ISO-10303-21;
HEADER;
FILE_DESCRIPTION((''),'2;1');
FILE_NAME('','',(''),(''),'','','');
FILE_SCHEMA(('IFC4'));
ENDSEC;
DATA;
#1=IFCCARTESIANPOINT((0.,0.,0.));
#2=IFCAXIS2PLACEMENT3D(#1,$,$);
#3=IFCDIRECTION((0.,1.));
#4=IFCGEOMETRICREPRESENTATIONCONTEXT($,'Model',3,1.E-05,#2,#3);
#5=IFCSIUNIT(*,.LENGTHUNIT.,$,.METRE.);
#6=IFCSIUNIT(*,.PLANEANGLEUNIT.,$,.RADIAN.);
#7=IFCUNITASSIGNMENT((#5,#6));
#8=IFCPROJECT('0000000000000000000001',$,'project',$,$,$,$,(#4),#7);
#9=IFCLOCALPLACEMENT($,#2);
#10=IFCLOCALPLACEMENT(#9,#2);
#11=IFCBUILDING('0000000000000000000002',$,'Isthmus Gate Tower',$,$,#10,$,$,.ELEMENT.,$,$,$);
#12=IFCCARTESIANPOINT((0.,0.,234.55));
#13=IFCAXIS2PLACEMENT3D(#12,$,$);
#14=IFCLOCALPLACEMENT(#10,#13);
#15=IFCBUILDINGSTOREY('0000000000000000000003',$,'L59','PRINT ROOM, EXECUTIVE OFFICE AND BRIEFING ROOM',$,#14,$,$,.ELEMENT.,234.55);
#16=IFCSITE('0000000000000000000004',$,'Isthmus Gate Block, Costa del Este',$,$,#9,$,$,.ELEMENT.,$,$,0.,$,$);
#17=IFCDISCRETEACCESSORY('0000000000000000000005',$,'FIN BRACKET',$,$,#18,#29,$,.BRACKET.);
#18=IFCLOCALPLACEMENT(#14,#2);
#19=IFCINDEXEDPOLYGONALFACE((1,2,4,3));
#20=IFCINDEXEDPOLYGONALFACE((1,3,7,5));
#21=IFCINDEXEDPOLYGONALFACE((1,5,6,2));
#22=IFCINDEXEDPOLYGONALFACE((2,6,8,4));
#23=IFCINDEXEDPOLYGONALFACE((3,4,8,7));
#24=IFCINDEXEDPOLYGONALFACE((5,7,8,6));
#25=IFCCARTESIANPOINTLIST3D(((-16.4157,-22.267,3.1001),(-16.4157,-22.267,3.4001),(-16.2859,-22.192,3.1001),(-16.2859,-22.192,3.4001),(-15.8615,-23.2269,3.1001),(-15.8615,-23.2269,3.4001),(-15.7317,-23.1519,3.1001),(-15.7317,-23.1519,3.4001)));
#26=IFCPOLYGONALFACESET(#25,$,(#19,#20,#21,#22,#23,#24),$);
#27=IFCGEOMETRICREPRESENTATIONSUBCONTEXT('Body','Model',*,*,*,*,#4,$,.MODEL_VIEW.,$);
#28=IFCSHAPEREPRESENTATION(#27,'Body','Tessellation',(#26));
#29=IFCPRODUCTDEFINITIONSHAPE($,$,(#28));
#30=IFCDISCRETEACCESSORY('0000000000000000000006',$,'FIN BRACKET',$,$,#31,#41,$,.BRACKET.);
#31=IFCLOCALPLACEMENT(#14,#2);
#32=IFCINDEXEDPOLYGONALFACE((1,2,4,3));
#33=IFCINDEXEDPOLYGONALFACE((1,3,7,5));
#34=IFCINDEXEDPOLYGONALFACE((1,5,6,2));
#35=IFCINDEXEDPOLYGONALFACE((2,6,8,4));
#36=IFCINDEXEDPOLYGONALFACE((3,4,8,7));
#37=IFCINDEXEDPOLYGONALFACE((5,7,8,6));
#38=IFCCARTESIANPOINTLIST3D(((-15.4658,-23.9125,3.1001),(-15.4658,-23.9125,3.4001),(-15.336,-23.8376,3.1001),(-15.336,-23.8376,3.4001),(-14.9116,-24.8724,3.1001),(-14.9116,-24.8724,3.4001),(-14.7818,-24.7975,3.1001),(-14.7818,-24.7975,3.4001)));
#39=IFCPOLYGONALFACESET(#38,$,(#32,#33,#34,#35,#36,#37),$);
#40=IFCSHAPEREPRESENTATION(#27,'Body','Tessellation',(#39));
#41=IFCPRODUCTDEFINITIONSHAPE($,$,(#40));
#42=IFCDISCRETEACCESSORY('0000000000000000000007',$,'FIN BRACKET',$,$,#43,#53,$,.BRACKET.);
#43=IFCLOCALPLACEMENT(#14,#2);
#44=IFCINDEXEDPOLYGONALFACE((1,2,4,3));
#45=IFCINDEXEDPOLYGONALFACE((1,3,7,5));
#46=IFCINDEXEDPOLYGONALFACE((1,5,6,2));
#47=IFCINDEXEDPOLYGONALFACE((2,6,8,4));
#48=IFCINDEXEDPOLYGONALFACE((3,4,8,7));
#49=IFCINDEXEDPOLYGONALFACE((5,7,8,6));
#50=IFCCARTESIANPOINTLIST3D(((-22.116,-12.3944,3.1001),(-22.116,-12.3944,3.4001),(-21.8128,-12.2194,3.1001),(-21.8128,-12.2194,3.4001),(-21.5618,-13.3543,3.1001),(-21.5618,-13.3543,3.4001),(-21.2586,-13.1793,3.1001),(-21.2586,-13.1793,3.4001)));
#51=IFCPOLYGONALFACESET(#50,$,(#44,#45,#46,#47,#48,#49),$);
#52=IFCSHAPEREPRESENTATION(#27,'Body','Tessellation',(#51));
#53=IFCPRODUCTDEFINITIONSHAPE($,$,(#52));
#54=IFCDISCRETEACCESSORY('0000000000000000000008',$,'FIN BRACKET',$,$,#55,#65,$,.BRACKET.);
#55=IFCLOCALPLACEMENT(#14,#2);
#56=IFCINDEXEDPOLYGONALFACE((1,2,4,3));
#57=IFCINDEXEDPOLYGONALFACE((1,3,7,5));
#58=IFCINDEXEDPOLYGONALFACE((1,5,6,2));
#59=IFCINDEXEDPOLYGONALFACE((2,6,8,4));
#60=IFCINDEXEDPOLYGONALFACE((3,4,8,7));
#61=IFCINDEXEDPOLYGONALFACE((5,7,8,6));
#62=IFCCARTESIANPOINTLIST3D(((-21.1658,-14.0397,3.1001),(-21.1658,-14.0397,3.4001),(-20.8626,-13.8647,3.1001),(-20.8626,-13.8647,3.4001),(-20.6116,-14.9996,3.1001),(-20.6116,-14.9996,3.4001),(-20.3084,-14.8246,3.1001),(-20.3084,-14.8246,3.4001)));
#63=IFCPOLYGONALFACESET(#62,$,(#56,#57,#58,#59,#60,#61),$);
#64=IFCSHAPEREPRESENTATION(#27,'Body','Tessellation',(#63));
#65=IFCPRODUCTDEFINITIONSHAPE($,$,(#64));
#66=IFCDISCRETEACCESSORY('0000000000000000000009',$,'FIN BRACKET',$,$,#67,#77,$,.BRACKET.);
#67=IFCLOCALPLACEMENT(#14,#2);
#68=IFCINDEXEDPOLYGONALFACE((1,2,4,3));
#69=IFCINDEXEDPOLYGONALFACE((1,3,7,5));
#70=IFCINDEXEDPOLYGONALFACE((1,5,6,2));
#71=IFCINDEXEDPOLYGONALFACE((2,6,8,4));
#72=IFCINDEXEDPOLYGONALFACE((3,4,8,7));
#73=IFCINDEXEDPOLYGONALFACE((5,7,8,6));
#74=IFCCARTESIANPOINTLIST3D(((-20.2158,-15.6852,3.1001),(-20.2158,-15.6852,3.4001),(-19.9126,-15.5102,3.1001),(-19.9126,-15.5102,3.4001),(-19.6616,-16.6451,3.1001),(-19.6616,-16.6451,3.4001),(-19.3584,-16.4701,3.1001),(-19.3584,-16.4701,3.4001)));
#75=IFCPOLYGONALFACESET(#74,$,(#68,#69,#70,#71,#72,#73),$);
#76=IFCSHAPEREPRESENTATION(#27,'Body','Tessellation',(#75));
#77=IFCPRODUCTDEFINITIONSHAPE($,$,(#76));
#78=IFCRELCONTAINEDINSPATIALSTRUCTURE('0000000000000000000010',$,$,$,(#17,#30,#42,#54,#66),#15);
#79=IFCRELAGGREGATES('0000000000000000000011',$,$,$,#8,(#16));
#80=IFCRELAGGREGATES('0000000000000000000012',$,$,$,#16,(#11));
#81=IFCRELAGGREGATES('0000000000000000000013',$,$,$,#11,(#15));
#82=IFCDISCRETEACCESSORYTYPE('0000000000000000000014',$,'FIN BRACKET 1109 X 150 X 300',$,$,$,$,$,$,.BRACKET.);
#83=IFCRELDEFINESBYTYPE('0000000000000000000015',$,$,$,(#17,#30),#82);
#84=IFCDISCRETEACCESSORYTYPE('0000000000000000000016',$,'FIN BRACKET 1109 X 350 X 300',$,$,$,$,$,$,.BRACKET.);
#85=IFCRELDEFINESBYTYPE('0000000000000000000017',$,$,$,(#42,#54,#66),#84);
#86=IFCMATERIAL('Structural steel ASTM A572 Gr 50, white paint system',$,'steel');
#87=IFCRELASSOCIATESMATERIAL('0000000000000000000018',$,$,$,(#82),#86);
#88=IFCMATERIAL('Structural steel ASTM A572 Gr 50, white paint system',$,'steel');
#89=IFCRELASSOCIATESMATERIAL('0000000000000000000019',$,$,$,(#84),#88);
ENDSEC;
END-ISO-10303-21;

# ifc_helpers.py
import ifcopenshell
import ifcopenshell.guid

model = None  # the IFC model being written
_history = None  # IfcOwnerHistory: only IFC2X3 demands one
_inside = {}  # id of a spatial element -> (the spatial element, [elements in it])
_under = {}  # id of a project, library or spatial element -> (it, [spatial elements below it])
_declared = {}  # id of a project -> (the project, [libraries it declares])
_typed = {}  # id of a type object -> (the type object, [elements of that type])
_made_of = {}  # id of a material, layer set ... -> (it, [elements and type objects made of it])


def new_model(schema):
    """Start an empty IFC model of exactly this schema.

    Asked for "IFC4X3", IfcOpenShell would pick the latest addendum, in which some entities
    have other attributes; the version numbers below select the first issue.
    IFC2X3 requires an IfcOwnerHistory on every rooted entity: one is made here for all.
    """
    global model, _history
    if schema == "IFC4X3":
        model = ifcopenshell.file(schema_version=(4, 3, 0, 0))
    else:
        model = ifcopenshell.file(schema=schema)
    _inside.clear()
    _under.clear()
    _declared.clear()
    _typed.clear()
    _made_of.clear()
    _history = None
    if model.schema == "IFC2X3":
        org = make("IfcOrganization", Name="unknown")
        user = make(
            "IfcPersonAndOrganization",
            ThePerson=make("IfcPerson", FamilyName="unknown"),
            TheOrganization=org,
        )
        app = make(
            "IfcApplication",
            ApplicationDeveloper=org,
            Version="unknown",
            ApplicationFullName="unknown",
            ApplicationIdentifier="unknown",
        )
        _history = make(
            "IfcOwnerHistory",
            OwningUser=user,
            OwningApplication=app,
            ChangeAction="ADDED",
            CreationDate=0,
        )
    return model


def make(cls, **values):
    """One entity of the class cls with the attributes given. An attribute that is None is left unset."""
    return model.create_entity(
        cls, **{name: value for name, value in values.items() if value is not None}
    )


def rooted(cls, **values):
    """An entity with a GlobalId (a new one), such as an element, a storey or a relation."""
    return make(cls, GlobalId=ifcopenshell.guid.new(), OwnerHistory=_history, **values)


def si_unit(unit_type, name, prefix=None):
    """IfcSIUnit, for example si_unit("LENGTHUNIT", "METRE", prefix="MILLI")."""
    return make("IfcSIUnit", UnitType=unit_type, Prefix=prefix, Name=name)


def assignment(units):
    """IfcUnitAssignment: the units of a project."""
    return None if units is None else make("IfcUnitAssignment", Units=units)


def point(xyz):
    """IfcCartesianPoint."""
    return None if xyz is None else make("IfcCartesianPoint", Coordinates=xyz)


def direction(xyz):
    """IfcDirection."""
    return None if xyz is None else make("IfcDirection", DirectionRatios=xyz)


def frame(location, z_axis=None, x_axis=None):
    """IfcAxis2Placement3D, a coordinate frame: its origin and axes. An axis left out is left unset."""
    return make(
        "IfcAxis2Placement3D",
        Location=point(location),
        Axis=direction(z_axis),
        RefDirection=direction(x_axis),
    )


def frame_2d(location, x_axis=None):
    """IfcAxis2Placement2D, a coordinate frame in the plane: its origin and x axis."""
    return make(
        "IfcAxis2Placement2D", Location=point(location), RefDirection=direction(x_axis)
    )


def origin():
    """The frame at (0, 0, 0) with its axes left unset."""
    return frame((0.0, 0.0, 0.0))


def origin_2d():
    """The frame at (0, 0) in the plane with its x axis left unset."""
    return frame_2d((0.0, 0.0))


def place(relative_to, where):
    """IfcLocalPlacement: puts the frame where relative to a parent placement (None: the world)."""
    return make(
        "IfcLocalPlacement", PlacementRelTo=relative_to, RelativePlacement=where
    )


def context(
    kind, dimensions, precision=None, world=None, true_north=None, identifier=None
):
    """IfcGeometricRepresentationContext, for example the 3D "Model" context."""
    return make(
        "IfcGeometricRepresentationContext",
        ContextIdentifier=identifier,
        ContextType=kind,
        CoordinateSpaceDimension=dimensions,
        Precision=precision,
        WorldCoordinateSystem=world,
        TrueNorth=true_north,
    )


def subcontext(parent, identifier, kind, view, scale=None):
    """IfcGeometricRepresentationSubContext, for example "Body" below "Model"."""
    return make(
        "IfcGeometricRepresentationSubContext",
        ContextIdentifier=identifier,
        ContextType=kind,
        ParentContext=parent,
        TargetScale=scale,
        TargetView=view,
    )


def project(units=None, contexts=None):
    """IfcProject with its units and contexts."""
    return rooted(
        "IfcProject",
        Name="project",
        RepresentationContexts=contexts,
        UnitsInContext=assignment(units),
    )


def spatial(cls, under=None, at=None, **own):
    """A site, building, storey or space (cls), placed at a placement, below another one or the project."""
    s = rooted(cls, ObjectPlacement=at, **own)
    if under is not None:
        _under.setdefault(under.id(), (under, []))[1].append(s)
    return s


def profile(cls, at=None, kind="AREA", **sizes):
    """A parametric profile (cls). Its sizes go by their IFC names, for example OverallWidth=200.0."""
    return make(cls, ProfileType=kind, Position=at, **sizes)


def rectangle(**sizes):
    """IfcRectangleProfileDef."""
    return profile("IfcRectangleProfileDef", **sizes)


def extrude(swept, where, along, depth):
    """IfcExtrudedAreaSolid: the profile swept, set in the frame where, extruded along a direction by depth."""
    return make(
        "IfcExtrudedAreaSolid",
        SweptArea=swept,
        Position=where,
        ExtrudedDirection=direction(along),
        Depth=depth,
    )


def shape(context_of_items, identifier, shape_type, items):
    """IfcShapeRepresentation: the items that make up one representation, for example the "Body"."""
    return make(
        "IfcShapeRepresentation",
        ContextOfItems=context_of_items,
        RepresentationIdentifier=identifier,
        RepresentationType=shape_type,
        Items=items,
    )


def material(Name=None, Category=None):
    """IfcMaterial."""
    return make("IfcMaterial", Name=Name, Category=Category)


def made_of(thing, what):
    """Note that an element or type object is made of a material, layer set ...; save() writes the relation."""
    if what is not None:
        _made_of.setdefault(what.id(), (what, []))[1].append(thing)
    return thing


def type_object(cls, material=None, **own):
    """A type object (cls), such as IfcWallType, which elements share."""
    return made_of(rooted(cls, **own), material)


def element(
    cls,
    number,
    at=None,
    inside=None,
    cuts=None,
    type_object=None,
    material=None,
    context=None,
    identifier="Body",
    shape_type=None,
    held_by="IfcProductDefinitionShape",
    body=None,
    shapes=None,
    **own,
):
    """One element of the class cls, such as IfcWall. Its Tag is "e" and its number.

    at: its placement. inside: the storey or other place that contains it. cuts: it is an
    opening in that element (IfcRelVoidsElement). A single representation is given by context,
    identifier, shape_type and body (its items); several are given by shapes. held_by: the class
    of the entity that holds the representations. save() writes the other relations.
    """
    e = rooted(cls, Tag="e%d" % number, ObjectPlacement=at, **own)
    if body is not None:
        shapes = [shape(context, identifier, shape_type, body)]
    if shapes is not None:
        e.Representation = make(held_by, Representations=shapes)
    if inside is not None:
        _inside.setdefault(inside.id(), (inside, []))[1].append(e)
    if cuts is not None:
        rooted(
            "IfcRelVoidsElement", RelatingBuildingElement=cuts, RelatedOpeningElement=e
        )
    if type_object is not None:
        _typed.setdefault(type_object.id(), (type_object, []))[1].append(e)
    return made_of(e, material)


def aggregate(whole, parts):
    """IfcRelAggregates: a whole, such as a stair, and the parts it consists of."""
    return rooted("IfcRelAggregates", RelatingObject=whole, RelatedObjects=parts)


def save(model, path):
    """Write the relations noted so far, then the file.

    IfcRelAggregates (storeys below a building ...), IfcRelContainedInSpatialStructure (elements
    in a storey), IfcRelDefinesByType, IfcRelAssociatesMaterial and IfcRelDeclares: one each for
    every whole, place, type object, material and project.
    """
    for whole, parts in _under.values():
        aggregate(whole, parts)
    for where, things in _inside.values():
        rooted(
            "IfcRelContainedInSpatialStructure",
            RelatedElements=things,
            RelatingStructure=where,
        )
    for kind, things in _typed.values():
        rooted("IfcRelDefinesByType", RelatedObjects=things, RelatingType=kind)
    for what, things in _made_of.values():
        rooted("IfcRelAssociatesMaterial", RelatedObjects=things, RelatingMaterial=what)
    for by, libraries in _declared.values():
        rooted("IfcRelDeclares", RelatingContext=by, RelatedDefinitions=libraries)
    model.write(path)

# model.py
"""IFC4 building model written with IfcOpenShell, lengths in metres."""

from ifc_helpers import new_model, si_unit, direction, frame, origin, origin_2d, place, context, subcontext, project, spatial, rectangle, extrude, material, type_object, element, save


model = new_model("IFC4")

# Units and contexts
model_context = context("Model", 3, precision=1e-05, world=origin(), true_north=direction((0.0, 1.0)))
body_context = subcontext(model_context, "Body", "Model", "MODEL_VIEW")
ifc_project = project(units=[si_unit("LENGTHUNIT", "METRE"), si_unit("PLANEANGLEUNIT", "RADIAN")], contexts=[model_context])

# Site, building, storey
site_placement = place(None, origin())
site = spatial("IfcSite", under=ifc_project, at=site_placement, Name="Isthmus Gate Block, Costa del Este", CompositionType="ELEMENT", RefElevation=0.0)
building_placement = place(site_placement, origin())
building = spatial("IfcBuilding", under=site, at=building_placement, Name="Isthmus Gate Tower", CompositionType="ELEMENT")
storey_placement = place(building_placement, frame((0.0, 0.0, 234.55)))
storey = spatial("IfcBuildingStorey", under=building, at=storey_placement, Name="L59", Description="PRINT ROOM, EXECUTIVE OFFICE AND BRIEFING ROOM", CompositionType="ELEMENT", Elevation=234.55)

# Discrete accessories
ifc_material_1 = material(Name="Structural steel ASTM A572 Gr 50, white paint system", Category="steel")
discrete_accessory_type_1 = type_object("IfcDiscreteAccessoryType", Name="FIN BRACKET 1109 X 150 X 300", PredefinedType="BRACKET", material=ifc_material_1)
for number, where, z_axis, x_axis, name in (
    (1, (-16.0737, -22.7095, 3.1001), (0.0, 0.0, 1.0), (-0.866025, -0.5, 0.0), "FIN BRACKET"),
    (2, (-15.1238, -24.355, 3.1001), (0.0, 0.0, 1.0), (-0.866025, -0.5, 0.0), "FIN BRACKET"),
):
    element("IfcDiscreteAccessory", number, at=place(storey_placement, frame(where, z_axis=z_axis, x_axis=x_axis)), inside=storey, type_object=discrete_accessory_type_1, Name=name, PredefinedType="BRACKET", context=body_context, shape_type="SweptSolid", body=[
        extrude(rectangle(XDim=0.1499, YDim=1.1084, at=origin_2d()), origin(), (0.0, 0.0, 1.0), 0.3),
    ])
ifc_material_2 = material(Name="Structural steel ASTM A572 Gr 50, white paint system", Category="steel")
discrete_accessory_type_2 = type_object("IfcDiscreteAccessoryType", Name="FIN BRACKET 1109 X 350 X 300", PredefinedType="BRACKET", material=ifc_material_2)
for number, where, z_axis, x_axis, name in (
    (3, (-21.6873, -12.7869, 3.1001), (0.0, 0.0, 1.0), (-0.866025, -0.5, 0.0), "FIN BRACKET"),
    (4, (-20.7371, -14.4321, 3.1001), (0.0, 0.0, 1.0), (-0.866025, -0.5, 0.0), "FIN BRACKET"),
    (5, (-19.7871, -16.0776, 3.1001), (0.0, 0.0, 1.0), (-0.866025, -0.5, 0.0), "FIN BRACKET"),
):
    element("IfcDiscreteAccessory", number, at=place(storey_placement, frame(where, z_axis=z_axis, x_axis=x_axis)), inside=storey, type_object=discrete_accessory_type_2, Name=name, PredefinedType="BRACKET", context=body_context, shape_type="SweptSolid", body=[
        extrude(rectangle(XDim=0.3501, YDim=1.1084, at=origin_2d()), origin(), (0.0, 0.0, 1.0), 0.3),
    ])

save(model, "model.ifc")
